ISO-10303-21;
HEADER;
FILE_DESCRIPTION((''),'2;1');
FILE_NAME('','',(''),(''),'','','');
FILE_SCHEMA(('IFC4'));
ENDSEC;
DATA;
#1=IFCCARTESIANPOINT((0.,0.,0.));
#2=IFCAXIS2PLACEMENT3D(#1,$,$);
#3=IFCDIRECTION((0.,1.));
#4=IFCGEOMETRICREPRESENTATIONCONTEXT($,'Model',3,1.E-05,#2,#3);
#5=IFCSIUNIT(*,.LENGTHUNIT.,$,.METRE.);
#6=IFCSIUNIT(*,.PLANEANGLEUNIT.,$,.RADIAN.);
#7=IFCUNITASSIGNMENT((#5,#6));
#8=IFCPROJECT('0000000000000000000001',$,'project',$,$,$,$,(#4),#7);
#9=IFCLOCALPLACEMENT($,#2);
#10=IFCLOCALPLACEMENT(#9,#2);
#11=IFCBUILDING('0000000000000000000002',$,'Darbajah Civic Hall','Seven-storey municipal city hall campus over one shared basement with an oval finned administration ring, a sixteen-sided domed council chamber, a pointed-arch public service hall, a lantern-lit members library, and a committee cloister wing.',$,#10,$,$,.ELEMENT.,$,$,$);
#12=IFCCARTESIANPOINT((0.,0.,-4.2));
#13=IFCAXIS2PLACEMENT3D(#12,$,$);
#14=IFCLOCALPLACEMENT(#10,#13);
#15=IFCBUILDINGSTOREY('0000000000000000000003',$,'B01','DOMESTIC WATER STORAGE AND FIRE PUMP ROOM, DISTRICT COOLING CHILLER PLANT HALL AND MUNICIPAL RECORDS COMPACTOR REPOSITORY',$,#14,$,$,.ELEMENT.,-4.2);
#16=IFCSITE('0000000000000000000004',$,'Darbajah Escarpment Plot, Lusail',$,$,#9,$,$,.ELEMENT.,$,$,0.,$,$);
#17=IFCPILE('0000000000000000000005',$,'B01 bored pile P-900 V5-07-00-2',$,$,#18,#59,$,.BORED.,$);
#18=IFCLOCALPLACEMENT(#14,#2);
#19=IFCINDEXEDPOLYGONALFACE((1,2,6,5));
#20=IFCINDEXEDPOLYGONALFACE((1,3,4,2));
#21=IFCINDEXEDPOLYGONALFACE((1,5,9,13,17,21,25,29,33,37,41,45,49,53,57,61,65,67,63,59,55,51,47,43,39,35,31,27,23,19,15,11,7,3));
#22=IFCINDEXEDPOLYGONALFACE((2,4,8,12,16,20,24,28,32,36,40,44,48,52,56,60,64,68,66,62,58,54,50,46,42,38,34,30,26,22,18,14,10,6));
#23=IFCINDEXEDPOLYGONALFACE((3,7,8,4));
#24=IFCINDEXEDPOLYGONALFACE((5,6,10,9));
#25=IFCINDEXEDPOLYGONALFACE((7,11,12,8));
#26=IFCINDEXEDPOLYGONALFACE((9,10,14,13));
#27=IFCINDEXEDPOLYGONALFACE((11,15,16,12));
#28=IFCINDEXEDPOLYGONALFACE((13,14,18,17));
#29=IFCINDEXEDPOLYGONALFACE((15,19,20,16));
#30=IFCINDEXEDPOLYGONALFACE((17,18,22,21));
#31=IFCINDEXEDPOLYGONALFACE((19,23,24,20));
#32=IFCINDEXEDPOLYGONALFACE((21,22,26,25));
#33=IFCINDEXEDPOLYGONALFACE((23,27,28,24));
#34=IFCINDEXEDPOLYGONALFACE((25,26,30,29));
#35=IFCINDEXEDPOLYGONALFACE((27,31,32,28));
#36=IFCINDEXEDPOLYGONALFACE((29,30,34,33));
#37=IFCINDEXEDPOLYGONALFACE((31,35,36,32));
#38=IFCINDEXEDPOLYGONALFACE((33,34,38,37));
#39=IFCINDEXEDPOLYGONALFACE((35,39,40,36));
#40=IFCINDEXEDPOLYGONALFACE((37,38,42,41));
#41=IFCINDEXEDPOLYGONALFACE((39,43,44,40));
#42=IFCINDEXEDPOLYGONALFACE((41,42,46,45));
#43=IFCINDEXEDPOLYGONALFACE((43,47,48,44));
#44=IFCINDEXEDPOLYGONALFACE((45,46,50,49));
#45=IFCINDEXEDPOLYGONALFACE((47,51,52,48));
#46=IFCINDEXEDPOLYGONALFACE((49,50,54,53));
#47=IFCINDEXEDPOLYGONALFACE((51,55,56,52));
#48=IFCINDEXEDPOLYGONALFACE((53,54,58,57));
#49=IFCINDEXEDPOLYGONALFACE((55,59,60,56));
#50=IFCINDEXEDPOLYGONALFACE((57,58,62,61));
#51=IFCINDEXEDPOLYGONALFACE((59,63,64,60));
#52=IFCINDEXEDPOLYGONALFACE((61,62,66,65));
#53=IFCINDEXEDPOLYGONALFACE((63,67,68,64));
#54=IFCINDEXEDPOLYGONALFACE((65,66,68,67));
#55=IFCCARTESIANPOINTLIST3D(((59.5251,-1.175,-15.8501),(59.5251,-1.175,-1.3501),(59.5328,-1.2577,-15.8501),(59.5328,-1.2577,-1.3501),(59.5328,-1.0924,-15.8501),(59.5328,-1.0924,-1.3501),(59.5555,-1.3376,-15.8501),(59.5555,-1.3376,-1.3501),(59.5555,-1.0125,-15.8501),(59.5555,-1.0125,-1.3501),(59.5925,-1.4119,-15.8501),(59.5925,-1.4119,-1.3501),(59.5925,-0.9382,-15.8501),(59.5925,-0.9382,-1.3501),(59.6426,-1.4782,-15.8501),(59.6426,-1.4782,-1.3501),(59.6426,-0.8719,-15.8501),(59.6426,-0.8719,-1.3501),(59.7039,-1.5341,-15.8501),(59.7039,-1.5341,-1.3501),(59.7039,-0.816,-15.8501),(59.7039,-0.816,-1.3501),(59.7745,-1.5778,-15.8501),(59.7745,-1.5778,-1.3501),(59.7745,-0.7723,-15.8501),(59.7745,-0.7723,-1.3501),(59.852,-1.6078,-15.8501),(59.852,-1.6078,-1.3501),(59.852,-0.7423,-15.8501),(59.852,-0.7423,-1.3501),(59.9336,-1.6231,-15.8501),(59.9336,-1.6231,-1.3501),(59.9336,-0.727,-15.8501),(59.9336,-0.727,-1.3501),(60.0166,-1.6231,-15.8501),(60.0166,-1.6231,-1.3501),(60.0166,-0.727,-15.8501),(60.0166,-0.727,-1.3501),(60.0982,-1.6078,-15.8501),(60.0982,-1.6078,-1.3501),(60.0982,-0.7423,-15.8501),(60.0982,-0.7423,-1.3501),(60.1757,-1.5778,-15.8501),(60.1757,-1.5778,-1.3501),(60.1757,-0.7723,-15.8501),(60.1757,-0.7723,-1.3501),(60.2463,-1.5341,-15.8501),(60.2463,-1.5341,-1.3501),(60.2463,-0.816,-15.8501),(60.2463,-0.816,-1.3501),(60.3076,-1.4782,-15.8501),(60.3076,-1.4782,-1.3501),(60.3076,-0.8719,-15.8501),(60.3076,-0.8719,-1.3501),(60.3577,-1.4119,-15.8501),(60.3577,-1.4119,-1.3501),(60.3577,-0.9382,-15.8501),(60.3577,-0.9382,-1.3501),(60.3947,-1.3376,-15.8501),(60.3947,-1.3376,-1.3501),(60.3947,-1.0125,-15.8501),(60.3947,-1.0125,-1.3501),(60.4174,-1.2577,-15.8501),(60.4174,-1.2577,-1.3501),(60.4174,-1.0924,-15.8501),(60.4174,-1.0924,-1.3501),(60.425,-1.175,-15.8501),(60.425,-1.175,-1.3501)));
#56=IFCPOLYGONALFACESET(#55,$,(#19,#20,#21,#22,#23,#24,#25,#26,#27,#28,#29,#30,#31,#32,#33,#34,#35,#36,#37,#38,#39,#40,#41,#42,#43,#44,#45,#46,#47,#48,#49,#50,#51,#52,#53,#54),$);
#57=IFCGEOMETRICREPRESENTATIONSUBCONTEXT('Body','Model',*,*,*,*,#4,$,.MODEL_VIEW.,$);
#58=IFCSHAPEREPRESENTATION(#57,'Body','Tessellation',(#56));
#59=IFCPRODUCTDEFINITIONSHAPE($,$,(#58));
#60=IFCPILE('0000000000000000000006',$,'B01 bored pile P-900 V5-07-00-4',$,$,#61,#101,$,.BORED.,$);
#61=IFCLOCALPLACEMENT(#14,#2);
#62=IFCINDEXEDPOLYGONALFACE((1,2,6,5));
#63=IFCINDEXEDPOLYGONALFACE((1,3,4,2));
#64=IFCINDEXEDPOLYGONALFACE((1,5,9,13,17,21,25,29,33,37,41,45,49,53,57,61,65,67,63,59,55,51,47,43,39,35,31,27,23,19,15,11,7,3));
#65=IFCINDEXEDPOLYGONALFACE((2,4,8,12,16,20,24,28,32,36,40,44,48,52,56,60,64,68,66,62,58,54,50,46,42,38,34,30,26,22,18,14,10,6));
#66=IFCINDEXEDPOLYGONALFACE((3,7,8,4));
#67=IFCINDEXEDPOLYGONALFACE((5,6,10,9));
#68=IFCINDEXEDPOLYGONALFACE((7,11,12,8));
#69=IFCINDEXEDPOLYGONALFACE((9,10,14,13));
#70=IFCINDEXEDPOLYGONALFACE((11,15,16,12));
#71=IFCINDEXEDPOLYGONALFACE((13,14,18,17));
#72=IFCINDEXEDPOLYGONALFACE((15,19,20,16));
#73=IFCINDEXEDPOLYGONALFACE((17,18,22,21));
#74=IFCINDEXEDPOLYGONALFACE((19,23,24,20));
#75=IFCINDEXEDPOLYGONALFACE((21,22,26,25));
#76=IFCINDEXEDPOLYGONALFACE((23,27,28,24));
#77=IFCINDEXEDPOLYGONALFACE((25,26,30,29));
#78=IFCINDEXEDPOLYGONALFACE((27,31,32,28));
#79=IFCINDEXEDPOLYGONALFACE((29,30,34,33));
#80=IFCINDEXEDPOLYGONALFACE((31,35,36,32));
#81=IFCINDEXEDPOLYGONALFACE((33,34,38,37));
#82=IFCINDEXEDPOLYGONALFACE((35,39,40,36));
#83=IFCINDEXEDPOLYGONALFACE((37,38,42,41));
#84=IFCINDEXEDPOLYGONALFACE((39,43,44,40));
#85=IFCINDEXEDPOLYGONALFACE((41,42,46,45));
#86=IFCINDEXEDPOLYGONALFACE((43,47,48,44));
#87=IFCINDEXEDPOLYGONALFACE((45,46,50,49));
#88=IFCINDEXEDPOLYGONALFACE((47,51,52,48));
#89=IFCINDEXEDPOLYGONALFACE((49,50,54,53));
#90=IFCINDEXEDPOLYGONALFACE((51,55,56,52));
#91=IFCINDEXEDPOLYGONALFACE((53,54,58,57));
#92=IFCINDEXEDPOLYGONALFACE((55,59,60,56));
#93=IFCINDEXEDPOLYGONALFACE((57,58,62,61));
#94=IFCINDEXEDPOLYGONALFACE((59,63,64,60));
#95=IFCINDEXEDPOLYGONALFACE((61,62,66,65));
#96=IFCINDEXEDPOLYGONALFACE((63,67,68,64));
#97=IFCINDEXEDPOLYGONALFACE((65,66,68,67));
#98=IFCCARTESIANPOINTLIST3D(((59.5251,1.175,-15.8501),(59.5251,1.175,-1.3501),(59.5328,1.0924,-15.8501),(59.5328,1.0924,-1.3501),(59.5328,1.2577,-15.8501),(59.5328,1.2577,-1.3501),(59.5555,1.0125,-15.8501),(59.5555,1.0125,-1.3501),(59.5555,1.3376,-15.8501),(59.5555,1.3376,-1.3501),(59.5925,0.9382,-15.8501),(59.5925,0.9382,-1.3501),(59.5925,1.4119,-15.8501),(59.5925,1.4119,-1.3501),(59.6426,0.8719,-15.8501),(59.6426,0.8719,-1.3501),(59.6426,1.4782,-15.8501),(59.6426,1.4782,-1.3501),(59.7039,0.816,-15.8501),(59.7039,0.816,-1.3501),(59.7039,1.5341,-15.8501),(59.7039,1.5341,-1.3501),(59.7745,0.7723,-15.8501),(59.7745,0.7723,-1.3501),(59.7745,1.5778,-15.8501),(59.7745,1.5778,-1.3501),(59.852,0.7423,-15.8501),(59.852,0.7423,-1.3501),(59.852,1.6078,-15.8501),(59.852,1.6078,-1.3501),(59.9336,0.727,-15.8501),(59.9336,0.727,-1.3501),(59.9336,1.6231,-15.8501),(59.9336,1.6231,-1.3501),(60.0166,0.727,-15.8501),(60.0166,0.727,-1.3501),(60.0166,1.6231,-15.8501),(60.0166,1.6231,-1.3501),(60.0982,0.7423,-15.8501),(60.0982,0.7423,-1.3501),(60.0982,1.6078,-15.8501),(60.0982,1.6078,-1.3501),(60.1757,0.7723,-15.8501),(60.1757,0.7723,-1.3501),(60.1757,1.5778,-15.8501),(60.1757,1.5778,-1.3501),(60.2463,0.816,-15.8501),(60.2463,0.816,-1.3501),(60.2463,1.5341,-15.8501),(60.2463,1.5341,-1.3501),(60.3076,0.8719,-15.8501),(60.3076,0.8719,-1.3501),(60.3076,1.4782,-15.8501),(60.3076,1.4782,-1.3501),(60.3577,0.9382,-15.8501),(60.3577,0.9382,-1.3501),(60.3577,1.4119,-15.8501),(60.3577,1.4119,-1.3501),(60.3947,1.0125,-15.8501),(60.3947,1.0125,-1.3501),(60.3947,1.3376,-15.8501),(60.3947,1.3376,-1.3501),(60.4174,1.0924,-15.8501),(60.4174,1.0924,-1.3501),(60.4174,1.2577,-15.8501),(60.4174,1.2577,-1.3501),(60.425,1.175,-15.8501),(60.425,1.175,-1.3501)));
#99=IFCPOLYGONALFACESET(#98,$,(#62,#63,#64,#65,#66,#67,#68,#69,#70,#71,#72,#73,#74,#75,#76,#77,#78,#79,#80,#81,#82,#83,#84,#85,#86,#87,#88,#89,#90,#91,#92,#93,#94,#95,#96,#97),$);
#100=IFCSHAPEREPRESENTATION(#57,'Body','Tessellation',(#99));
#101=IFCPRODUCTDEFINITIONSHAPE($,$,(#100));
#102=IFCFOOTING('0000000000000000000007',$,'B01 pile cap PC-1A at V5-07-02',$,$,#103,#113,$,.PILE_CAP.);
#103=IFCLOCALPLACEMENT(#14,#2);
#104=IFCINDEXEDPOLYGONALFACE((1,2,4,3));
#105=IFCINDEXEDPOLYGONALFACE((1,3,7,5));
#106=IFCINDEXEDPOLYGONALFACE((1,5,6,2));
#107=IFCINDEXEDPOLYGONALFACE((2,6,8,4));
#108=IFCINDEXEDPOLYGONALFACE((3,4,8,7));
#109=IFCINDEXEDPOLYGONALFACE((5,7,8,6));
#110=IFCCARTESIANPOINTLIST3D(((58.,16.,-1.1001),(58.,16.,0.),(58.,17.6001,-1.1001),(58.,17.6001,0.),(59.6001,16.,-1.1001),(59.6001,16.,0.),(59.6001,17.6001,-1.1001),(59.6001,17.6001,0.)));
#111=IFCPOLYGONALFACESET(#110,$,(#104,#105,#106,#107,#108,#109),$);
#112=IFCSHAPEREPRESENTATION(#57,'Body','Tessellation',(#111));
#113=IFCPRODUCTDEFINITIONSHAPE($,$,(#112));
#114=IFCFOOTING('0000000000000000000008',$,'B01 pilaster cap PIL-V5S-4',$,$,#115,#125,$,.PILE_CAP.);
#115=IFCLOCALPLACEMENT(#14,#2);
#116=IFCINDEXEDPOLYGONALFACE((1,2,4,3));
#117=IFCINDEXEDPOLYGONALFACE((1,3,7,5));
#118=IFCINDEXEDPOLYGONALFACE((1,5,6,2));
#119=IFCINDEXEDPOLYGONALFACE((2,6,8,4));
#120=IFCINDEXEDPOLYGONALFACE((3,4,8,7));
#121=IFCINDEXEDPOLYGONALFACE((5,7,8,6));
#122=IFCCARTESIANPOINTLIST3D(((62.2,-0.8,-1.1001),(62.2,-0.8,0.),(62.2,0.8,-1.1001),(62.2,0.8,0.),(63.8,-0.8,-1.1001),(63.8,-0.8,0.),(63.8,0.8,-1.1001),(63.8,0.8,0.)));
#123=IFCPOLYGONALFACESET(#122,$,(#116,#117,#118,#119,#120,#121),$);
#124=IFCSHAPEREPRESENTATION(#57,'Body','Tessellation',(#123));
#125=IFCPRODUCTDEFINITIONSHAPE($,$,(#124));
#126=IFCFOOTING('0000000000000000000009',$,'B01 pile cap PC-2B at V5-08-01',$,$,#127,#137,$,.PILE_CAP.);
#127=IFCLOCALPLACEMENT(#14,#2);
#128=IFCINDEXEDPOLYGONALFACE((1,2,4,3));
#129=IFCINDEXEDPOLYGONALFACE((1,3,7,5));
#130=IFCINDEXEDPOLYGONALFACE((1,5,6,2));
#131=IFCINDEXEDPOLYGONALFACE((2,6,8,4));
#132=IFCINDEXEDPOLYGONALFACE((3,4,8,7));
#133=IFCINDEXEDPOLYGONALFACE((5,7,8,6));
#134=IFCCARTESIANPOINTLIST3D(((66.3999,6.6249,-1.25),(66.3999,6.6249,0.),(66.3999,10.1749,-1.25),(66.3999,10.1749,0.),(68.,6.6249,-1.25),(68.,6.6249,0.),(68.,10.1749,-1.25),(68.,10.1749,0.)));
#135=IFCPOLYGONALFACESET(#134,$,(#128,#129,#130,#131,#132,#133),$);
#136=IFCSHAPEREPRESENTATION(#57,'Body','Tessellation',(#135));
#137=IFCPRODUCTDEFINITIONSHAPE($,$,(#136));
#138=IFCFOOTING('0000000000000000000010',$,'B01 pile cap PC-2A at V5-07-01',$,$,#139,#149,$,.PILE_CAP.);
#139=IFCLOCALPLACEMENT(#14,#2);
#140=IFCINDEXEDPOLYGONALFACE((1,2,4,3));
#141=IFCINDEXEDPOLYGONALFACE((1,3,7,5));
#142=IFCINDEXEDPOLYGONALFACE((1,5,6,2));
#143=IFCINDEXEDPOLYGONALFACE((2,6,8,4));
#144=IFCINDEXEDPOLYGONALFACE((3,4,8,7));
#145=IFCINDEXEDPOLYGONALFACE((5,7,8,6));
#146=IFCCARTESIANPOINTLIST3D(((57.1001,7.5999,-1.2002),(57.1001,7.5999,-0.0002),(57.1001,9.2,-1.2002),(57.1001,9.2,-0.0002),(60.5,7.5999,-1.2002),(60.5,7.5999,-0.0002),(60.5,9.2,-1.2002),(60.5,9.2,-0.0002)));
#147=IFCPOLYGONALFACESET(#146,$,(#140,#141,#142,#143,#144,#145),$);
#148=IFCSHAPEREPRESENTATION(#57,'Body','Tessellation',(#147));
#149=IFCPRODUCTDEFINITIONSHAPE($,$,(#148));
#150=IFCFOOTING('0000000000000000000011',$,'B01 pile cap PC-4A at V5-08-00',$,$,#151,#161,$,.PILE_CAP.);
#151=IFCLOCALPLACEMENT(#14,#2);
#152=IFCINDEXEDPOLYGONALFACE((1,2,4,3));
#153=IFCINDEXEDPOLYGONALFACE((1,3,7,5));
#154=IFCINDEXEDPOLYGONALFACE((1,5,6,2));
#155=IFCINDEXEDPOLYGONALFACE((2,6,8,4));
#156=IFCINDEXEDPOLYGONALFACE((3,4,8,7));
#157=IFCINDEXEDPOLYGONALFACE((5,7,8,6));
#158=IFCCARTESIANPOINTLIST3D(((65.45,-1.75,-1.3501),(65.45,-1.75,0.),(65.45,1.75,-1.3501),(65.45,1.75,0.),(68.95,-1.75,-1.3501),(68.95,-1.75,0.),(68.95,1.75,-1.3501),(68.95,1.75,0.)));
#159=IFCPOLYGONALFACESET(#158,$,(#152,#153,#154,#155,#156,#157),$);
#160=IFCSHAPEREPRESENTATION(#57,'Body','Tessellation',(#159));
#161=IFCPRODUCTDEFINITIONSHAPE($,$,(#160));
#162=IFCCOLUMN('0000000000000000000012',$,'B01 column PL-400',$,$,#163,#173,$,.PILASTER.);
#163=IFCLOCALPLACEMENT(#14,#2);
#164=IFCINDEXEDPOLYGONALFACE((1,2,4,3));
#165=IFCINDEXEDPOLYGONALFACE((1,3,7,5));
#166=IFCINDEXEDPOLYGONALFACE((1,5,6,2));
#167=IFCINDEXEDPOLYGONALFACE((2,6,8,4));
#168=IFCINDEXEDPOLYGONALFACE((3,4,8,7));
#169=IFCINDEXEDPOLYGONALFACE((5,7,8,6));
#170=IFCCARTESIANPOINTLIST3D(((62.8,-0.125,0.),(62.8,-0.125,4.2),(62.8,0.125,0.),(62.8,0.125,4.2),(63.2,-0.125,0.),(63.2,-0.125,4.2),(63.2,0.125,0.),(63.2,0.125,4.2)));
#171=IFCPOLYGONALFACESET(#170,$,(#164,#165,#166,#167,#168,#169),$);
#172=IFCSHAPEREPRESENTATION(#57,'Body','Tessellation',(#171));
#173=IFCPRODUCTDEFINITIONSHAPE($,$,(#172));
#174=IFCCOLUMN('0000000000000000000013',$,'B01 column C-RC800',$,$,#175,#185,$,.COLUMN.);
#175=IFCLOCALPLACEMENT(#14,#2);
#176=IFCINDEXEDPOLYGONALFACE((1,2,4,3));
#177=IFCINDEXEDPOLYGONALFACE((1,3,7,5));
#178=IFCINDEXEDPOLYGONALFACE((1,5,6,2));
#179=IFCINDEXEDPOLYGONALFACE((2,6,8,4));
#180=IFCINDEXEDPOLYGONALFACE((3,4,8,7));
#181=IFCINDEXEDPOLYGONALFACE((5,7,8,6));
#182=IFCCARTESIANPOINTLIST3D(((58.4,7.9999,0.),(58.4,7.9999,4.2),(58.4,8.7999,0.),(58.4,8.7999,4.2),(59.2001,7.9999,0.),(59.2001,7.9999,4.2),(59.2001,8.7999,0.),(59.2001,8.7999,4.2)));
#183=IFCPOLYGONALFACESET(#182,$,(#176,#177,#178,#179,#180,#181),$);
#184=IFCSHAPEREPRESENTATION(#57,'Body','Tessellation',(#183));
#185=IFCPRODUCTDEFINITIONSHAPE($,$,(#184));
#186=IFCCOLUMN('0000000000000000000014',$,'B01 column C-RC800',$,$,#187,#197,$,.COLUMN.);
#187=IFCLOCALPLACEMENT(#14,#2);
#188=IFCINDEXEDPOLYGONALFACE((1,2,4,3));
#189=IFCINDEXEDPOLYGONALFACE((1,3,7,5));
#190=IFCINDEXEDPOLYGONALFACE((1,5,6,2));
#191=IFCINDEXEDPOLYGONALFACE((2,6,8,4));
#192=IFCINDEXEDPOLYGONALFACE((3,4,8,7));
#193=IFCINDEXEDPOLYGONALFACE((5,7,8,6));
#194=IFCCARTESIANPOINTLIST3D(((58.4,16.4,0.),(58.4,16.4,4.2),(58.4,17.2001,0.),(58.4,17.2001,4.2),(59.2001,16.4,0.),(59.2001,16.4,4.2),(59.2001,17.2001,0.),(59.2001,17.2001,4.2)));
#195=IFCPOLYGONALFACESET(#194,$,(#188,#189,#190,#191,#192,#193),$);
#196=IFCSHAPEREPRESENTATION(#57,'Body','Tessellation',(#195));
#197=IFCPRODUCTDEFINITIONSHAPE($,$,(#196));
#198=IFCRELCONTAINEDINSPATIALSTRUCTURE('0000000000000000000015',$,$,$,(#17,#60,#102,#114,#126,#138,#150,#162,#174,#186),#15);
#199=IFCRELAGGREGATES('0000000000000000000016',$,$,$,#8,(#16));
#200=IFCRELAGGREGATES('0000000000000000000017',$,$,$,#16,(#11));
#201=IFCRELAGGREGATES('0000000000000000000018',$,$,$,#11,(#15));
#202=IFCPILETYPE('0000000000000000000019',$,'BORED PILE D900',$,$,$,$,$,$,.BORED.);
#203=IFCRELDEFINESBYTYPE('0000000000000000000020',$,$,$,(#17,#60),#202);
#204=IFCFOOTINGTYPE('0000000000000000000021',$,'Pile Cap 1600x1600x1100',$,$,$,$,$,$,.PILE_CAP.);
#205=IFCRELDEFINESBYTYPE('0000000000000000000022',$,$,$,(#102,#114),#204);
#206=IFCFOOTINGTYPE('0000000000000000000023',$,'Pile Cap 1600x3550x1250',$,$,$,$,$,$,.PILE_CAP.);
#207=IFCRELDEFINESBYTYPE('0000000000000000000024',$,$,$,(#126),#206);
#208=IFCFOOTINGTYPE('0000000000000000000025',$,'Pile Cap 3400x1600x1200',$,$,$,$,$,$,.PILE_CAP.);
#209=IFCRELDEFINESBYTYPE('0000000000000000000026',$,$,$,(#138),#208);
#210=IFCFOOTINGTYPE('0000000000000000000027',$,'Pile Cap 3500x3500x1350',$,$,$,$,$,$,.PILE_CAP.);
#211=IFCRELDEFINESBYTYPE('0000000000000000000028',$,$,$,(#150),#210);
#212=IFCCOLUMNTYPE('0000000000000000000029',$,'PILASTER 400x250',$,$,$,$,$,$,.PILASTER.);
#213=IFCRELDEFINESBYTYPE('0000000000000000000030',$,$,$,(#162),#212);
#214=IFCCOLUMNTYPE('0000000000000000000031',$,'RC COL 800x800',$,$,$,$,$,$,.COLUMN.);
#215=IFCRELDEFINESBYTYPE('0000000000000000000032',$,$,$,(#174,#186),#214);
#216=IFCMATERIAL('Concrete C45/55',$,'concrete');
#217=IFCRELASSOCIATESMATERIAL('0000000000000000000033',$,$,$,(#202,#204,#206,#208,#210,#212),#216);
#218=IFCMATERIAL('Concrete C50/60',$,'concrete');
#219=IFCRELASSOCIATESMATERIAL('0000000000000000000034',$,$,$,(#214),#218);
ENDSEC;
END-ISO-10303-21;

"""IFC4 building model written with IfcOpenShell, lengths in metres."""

from ifc_helpers import new_model, si_unit, direction, frame, origin, origin_2d, place, context, subcontext, project, spatial, rectangle, circle, extrude, material, material_profile, profile_set, type_object, element, save


model = new_model("IFC4")

# Units and contexts
model_context = context("Model", 3, precision=1e-05, world=origin(), true_north=direction((0.0, 1.0)))
body_context = subcontext(model_context, "Body", "Model", "MODEL_VIEW")
ifc_project = project(units=[si_unit("LENGTHUNIT", "METRE"), si_unit("PLANEANGLEUNIT", "RADIAN")], contexts=[model_context])

# Site, building, storey
site_placement = place(None, origin())
site = spatial("IfcSite", under=ifc_project, at=site_placement, Name="Darbajah Escarpment Plot, Lusail", CompositionType="ELEMENT", RefElevation=0.0)
building_placement = place(site_placement, origin())
building = spatial("IfcBuilding", under=site, at=building_placement, Name="Darbajah Civic Hall", Description="Seven-storey municipal city hall campus over one shared basement with an oval finned administration ring, a sixteen-sided domed council chamber, a pointed-arch public service hall, a lantern-lit members library, and a committee cloister wing.", CompositionType="ELEMENT")
storey_placement = place(building_placement, frame((0.0, 0.0, -4.2)))
storey = spatial("IfcBuildingStorey", under=building, at=storey_placement, Name="B01", Description="DOMESTIC WATER STORAGE AND FIRE PUMP ROOM, DISTRICT COOLING CHILLER PLANT HALL AND MUNICIPAL RECORDS COMPACTOR REPOSITORY", CompositionType="ELEMENT", Elevation=-4.2)

# Piles
ifc_material_1 = material(Name="Concrete C45/55", Category="concrete")
ifc_material_profile_1 = material_profile(ifc_material_1, circle(Radius=0.45, at=origin_2d()), Name="BORED PILE D900")
ifc_profile_set_1 = profile_set([ifc_material_profile_1], Name="Concrete C45/55")
pile_type_1 = type_object("IfcPileType", Name="BORED PILE D900", PredefinedType="BORED", material=ifc_profile_set_1)
for number, where, z_axis, x_axis, name in (
    (1, (59.9751, -1.175, -1.3501), (0.0, 0.0, -1.0), (1.0, 0.0, 0.0), "B01 bored pile P-900 V5-07-00-2"),
    (2, (59.9751, 1.175, -1.3501), (0.0, 0.0, -1.0), (1.0, 0.0, 0.0), "B01 bored pile P-900 V5-07-00-4"),
):
    element("IfcPile", number, at=place(storey_placement, frame(where, z_axis=z_axis, x_axis=x_axis)), inside=storey, type_object=pile_type_1, Name=name, PredefinedType="BORED", context=body_context, shape_type="SweptSolid", body=[
        extrude(circle(Radius=0.45, at=origin_2d()), origin(), (0.0, 0.0, 1.0), 14.5),
    ])

# Footings
footing_type_1 = type_object("IfcFootingType", Name="Pile Cap 1600x1600x1100", PredefinedType="PILE_CAP", material=ifc_material_1)
for number, where, z_axis, x_axis, name in (
    (3, (58.8, 16.8, -1.1001), (0.0, 0.0, 1.0), (1.0, 0.0, 0.0), "B01 pile cap PC-1A at V5-07-02"),
    (4, (63.0, 0.0, -1.1001), (0.0, 0.0, 1.0), (1.0, 0.0, 0.0), "B01 pilaster cap PIL-V5S-4"),
):
    element("IfcFooting", number, at=place(storey_placement, frame(where, z_axis=z_axis, x_axis=x_axis)), inside=storey, type_object=footing_type_1, Name=name, PredefinedType="PILE_CAP", context=body_context, shape_type="SweptSolid", body=[
        extrude(rectangle(XDim=1.6001, YDim=1.6001, at=origin_2d()), origin(), (0.0, 0.0, 1.0), 1.1001),
    ])
footing_type_2 = type_object("IfcFootingType", Name="Pile Cap 1600x3550x1250", PredefinedType="PILE_CAP", material=ifc_material_1)
footing_1_placement = place(storey_placement, frame((67.2, 8.3999, -1.25), z_axis=(0.0, 0.0, 1.0), x_axis=(1.0, 0.0, 0.0)))
element("IfcFooting", 5, at=footing_1_placement, inside=storey, type_object=footing_type_2, Name="B01 pile cap PC-2B at V5-08-01", PredefinedType="PILE_CAP", context=body_context, shape_type="SweptSolid", body=[
    extrude(rectangle(XDim=1.6001, YDim=3.55, at=origin_2d()), origin(), (0.0, 0.0, 1.0), 1.25),
])
footing_type_3 = type_object("IfcFootingType", Name="Pile Cap 3400x1600x1200", PredefinedType="PILE_CAP", material=ifc_material_1)
footing_2_placement = place(storey_placement, frame((58.8, 8.3999, -1.2002), z_axis=(0.0, 0.0, 1.0), x_axis=(1.0, 0.0, 0.0)))
element("IfcFooting", 6, at=footing_2_placement, inside=storey, type_object=footing_type_3, Name="B01 pile cap PC-2A at V5-07-01", PredefinedType="PILE_CAP", context=body_context, shape_type="SweptSolid", body=[
    extrude(rectangle(XDim=3.3999, YDim=1.6001, at=origin_2d()), origin(), (0.0, 0.0, 1.0), 1.2),
])
footing_type_4 = type_object("IfcFootingType", Name="Pile Cap 3500x3500x1350", PredefinedType="PILE_CAP", material=ifc_material_1)
footing_3_placement = place(storey_placement, frame((67.2, 0.0, -1.3501), z_axis=(0.0, 0.0, 1.0), x_axis=(1.0, 0.0, 0.0)))
element("IfcFooting", 7, at=footing_3_placement, inside=storey, type_object=footing_type_4, Name="B01 pile cap PC-4A at V5-08-00", PredefinedType="PILE_CAP", context=body_context, shape_type="SweptSolid", body=[
    extrude(rectangle(XDim=3.5, YDim=3.5, at=origin_2d()), origin(), (0.0, 0.0, 1.0), 1.3501),
])

# Columns
ifc_material_profile_2 = material_profile(ifc_material_1, rectangle(XDim=0.3999, YDim=0.25, at=origin_2d()), Name="PILASTER 400x250")
ifc_profile_set_2 = profile_set([ifc_material_profile_2], Name="Concrete C45/55")
column_type_1 = type_object("IfcColumnType", Name="PILASTER 400x250", PredefinedType="PILASTER", material=ifc_profile_set_2)
column_placement = place(storey_placement, frame((63.0, 0.0, 0.0), z_axis=(0.0, 0.0, 1.0), x_axis=(1.0, 0.0, 0.0)))
element("IfcColumn", 8, at=column_placement, inside=storey, type_object=column_type_1, Name="B01 column PL-400", PredefinedType="PILASTER", context=body_context, shape_type="SweptSolid", body=[
    extrude(rectangle(XDim=0.3999, YDim=0.25, at=origin_2d()), origin(), (0.0, 0.0, 1.0), 4.2),
])
ifc_material_2 = material(Name="Concrete C50/60", Category="concrete")
ifc_material_profile_3 = material_profile(ifc_material_2, rectangle(XDim=0.8, YDim=0.8, at=origin_2d()), Name="RC COL 800x800")
ifc_profile_set_3 = profile_set([ifc_material_profile_3], Name="Concrete C50/60")
column_type_2 = type_object("IfcColumnType", Name="RC COL 800x800", PredefinedType="COLUMN", material=ifc_profile_set_3)
for number, where, z_axis, x_axis, name in (
    (9, (58.8, 8.3999, 0.0), (0.0, 0.0, 1.0), (1.0, 0.0, 0.0), "B01 column C-RC800"),
    (10, (58.8, 16.8, 0.0), (0.0, 0.0, 1.0), (1.0, 0.0, 0.0), "B01 column C-RC800"),
):
    element("IfcColumn", number, at=place(storey_placement, frame(where, z_axis=z_axis, x_axis=x_axis)), inside=storey, type_object=column_type_2, Name=name, PredefinedType="COLUMN", context=body_context, shape_type="SweptSolid", body=[
        extrude(rectangle(XDim=0.8, YDim=0.8, at=origin_2d()), origin(), (0.0, 0.0, 1.0), 4.2),
    ])

save(model, "model.ifc")
